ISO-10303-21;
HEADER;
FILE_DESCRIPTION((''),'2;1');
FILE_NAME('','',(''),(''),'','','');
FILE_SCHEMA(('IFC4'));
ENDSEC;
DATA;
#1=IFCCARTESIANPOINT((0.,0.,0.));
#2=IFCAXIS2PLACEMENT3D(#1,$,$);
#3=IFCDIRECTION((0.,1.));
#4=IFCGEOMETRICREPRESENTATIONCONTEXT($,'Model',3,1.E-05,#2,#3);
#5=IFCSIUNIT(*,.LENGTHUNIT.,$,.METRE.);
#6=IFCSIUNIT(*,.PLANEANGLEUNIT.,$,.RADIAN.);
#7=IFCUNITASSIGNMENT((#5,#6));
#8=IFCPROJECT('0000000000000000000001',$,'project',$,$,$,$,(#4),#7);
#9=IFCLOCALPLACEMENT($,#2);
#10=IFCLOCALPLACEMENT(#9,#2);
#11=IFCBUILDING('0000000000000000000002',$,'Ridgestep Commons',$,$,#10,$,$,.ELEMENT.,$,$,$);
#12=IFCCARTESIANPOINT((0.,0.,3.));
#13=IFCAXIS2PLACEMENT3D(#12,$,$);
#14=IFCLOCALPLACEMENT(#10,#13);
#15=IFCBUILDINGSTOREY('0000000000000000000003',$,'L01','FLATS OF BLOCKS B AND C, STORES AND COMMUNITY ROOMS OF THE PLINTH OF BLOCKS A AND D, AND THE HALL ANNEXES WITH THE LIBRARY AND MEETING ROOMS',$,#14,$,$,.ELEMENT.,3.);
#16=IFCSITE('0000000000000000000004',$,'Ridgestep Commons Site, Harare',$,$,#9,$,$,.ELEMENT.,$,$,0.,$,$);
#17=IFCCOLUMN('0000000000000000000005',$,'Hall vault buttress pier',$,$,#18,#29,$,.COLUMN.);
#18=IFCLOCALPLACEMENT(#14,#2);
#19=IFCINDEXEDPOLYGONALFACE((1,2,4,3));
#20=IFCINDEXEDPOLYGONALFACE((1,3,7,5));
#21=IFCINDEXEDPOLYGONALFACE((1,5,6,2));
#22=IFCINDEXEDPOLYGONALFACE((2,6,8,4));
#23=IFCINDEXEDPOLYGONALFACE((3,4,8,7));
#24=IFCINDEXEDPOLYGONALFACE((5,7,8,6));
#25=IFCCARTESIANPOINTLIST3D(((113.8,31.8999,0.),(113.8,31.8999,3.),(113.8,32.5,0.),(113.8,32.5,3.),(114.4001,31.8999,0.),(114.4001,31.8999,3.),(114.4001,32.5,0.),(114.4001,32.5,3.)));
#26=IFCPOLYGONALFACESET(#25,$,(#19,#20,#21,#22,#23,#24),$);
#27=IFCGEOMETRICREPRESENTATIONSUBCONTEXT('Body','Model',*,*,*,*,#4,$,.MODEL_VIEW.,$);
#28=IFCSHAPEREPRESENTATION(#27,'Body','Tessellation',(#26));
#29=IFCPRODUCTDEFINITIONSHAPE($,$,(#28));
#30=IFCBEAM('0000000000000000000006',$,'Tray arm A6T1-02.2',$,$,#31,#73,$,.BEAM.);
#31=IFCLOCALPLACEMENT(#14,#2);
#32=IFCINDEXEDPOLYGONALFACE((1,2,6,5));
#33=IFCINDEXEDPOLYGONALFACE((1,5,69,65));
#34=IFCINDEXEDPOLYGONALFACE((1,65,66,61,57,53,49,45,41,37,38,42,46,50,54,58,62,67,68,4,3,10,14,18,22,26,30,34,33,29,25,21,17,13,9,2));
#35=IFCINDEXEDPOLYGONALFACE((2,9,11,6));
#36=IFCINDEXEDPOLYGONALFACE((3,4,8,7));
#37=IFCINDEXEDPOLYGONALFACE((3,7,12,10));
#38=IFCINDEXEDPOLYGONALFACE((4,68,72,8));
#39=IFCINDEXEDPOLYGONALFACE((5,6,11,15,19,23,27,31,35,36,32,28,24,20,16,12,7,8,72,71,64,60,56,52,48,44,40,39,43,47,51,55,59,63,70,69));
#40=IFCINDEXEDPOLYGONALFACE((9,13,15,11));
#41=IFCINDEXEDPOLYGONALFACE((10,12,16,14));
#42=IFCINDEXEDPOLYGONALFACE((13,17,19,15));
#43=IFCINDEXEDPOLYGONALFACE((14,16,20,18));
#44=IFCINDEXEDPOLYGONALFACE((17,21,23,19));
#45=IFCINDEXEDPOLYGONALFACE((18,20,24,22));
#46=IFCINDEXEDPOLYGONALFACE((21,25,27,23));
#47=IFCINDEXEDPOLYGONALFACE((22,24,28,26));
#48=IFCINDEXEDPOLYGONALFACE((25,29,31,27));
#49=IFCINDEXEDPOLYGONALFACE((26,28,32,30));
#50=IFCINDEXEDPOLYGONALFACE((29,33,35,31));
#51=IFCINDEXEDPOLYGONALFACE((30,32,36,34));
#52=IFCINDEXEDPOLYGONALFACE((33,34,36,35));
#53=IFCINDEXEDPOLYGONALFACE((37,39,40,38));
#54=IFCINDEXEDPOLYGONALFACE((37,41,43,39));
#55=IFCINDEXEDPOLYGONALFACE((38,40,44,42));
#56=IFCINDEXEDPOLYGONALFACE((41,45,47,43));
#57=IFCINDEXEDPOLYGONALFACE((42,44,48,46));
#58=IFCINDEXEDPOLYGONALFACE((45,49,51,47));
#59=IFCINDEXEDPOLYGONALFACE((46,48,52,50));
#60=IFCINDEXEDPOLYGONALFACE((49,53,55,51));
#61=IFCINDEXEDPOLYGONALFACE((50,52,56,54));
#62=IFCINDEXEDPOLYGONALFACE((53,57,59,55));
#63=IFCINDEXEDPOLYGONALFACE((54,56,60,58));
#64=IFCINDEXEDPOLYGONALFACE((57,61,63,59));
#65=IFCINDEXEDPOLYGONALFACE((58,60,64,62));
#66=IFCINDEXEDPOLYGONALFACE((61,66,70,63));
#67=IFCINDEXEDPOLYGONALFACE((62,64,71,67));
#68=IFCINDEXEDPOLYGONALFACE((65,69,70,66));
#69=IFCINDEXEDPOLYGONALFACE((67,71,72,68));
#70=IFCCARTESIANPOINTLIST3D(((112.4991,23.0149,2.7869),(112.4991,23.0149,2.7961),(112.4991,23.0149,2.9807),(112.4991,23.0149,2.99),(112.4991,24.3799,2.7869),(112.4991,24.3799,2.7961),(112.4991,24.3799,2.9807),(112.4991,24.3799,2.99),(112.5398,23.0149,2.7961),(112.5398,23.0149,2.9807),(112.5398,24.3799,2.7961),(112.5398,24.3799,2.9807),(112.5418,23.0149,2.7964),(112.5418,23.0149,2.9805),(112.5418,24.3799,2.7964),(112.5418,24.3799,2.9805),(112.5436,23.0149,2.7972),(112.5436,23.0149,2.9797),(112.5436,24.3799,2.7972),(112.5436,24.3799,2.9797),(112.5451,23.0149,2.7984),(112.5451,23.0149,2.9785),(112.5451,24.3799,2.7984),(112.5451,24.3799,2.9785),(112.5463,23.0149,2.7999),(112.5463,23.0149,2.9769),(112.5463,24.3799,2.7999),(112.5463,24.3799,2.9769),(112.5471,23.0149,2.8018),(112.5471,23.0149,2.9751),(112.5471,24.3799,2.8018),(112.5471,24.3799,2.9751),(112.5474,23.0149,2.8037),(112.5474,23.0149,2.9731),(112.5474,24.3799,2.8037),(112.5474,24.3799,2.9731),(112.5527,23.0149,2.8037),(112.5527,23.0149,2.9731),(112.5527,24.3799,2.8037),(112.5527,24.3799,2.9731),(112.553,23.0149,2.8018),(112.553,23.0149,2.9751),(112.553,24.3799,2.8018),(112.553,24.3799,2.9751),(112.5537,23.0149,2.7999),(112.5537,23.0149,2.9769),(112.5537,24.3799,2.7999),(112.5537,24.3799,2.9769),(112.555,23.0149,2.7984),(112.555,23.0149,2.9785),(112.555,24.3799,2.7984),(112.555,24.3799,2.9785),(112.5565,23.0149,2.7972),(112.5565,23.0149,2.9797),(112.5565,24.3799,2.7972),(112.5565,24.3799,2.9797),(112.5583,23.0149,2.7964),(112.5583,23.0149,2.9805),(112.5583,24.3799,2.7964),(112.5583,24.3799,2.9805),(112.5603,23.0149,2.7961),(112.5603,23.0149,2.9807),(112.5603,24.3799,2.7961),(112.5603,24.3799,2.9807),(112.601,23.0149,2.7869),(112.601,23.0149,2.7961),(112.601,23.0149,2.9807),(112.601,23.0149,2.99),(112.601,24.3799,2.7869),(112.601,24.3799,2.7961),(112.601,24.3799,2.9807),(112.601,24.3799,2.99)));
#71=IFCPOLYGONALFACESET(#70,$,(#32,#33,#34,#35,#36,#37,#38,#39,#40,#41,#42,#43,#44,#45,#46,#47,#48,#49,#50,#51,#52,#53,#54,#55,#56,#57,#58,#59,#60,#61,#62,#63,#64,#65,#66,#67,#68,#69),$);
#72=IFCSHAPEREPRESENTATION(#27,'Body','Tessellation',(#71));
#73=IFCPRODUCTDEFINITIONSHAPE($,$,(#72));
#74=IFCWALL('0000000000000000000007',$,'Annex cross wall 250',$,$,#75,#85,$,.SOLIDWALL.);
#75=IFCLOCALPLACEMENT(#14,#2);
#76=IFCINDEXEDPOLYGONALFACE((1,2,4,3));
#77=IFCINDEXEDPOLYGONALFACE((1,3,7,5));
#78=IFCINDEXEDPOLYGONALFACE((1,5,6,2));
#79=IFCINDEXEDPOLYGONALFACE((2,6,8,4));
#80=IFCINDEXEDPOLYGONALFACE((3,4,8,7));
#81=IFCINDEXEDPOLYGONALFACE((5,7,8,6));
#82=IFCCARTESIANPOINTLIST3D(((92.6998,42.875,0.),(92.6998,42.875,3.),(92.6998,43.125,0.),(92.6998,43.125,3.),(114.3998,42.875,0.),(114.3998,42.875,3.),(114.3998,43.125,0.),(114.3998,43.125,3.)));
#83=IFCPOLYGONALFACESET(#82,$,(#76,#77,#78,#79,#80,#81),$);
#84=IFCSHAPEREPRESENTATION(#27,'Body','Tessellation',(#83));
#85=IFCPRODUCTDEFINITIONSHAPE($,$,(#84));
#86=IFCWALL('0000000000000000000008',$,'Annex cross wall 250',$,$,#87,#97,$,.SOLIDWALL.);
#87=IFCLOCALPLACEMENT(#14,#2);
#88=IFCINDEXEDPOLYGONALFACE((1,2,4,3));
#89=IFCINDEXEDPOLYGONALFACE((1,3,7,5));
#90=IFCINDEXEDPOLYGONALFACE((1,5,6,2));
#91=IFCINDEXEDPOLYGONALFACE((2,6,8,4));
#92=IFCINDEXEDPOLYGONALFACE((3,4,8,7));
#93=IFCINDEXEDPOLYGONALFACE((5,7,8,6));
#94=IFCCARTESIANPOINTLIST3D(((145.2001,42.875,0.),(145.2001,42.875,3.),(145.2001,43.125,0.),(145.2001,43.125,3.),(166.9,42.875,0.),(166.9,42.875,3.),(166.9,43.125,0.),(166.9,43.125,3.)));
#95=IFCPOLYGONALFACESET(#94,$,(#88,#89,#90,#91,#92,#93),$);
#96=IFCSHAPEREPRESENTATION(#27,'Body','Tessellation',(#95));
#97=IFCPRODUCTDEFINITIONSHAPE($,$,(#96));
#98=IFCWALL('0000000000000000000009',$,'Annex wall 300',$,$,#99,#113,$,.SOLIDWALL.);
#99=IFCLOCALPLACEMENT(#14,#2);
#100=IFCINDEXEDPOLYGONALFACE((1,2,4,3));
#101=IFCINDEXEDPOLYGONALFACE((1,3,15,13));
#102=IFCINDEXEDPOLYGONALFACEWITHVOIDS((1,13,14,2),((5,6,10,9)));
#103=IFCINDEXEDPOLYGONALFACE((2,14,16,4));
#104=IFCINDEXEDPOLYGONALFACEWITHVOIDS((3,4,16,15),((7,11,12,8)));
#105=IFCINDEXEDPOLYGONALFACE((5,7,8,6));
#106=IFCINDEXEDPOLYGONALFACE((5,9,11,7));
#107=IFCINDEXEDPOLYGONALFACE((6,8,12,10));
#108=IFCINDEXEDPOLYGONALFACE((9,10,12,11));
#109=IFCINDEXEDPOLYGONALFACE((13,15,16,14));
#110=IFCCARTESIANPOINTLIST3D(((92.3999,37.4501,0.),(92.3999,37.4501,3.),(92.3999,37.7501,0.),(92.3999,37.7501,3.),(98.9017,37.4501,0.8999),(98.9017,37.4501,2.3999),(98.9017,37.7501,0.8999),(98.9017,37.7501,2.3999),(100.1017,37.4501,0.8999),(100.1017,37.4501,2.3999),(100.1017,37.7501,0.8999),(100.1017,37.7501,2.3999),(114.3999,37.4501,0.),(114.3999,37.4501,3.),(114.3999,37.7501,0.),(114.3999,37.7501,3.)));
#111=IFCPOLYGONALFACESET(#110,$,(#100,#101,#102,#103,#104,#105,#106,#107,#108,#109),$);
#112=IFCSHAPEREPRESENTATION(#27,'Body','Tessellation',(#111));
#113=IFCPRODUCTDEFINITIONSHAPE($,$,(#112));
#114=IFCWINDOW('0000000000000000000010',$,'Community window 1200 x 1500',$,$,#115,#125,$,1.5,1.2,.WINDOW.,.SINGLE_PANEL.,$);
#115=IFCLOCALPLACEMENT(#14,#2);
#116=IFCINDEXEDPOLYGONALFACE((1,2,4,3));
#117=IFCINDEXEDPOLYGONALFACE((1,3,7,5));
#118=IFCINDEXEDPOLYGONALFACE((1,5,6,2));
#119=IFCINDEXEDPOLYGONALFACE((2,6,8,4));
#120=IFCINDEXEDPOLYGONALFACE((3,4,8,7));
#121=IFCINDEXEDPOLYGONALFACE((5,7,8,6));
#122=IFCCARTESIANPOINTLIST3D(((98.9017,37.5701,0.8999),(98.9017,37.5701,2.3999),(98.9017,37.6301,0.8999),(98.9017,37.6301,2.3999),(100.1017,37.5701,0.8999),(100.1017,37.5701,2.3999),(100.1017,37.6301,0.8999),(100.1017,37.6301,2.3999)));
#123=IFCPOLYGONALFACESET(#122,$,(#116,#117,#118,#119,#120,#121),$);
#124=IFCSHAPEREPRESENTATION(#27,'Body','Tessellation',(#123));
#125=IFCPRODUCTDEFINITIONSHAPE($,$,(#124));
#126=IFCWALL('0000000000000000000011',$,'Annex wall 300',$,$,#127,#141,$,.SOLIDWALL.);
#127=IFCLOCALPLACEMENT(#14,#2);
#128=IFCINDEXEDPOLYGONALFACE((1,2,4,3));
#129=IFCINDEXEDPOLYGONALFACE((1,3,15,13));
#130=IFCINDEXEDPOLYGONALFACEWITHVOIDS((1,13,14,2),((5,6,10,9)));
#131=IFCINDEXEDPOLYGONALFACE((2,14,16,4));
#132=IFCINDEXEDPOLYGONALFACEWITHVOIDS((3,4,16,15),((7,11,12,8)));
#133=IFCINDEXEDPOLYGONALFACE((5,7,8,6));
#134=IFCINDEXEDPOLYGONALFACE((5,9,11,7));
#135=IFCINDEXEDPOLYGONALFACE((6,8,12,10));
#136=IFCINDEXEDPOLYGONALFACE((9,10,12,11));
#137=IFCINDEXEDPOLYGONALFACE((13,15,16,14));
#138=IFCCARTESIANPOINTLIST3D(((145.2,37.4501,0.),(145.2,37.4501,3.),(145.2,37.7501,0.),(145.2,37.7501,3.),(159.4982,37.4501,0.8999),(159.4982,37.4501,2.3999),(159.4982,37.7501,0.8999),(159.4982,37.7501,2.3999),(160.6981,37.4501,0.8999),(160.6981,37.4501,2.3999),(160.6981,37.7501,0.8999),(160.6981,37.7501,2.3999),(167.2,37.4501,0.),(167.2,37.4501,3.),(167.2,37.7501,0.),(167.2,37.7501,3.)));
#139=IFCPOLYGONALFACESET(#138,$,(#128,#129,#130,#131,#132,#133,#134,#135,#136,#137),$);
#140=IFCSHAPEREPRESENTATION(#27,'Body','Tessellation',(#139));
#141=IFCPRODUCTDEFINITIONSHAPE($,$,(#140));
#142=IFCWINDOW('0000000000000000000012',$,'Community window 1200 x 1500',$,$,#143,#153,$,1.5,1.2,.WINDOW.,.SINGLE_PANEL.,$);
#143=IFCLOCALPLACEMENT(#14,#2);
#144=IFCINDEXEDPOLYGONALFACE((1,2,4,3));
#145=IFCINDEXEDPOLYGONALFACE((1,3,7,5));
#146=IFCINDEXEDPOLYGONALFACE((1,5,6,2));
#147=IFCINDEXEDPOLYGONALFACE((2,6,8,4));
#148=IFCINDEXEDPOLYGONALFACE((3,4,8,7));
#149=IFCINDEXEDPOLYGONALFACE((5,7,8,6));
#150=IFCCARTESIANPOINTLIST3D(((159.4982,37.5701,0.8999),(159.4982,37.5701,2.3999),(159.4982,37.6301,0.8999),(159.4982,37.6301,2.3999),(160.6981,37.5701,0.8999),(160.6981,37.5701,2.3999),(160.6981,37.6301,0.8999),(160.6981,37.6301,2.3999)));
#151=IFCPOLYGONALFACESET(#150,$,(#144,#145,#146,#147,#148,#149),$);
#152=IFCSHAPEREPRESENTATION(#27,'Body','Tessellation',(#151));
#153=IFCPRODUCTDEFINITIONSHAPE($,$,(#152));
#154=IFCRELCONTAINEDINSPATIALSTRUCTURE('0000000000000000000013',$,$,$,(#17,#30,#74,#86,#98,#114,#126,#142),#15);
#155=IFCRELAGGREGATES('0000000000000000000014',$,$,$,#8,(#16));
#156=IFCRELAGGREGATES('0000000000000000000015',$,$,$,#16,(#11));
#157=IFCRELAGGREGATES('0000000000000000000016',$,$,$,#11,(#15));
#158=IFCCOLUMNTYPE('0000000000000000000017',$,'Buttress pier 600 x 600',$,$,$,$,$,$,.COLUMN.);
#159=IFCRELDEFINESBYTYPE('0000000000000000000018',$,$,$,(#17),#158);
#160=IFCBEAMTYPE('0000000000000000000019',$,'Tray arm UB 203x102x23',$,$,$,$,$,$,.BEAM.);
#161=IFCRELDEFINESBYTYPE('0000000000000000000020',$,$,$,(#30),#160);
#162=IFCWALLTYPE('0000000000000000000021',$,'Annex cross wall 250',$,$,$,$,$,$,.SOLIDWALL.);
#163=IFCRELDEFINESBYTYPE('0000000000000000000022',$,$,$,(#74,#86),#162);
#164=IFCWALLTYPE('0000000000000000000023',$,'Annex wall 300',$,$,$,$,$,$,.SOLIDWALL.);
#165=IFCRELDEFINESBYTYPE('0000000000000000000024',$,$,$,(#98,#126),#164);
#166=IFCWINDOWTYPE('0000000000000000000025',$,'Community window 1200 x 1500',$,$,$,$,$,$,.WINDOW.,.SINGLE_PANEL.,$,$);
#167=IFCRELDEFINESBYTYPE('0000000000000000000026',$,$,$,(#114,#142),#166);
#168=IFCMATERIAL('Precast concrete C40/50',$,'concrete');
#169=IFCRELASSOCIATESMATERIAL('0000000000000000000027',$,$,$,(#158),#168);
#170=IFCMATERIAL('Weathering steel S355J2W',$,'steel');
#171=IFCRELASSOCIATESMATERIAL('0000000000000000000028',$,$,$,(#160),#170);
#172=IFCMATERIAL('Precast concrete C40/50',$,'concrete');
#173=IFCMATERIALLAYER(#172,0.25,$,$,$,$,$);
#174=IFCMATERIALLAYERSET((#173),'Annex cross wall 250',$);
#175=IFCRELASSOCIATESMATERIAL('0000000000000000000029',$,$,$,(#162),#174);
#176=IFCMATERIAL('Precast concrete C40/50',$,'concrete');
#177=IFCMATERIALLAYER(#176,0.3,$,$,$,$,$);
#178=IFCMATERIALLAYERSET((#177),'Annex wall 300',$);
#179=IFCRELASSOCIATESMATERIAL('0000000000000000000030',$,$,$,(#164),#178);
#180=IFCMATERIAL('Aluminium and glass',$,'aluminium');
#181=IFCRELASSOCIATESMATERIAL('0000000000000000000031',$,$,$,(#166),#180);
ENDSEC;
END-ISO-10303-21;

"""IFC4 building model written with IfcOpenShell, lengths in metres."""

from ifc_helpers import new_model, si_unit, direction, frame, frame_2d, origin, origin_2d, place, context, subcontext, project, spatial, rectangle, i_section, extrude, material, layer, layer_set, material_profile, profile_set, type_object, element, fill, save


model = new_model("IFC4")

# Units and contexts
model_context = context("Model", 3, precision=1e-05, world=origin(), true_north=direction((0.0, 1.0)))
body_context = subcontext(model_context, "Body", "Model", "MODEL_VIEW")
ifc_project = project(units=[si_unit("LENGTHUNIT", "METRE"), si_unit("PLANEANGLEUNIT", "RADIAN")], contexts=[model_context])

# Site, building, storey
site_placement = place(None, origin())
site = spatial("IfcSite", under=ifc_project, at=site_placement, Name="Ridgestep Commons Site, Harare", CompositionType="ELEMENT", RefElevation=0.0)
building_placement = place(site_placement, origin())
building = spatial("IfcBuilding", under=site, at=building_placement, Name="Ridgestep Commons", CompositionType="ELEMENT")
storey_placement = place(building_placement, frame((0.0, 0.0, 3.0)))
storey = spatial("IfcBuildingStorey", under=building, at=storey_placement, Name="L01", Description="FLATS OF BLOCKS B AND C, STORES AND COMMUNITY ROOMS OF THE PLINTH OF BLOCKS A AND D, AND THE HALL ANNEXES WITH THE LIBRARY AND MEETING ROOMS", CompositionType="ELEMENT", Elevation=3.0)

# Column
ifc_material_1 = material(Name="Precast concrete C40/50", Category="concrete")
ifc_material_profile_1 = material_profile(ifc_material_1, rectangle(XDim=0.6001, YDim=0.6001, at=origin_2d()), Name="Buttress pier 600 x 600")
ifc_profile_set_1 = profile_set([ifc_material_profile_1], Name="Precast concrete C40/50")
column_type = type_object("IfcColumnType", Name="Buttress pier 600 x 600", PredefinedType="COLUMN", material=ifc_profile_set_1)
column_placement = place(storey_placement, frame((114.1001, 32.2, 0.0), z_axis=(0.0, 0.0, 1.0), x_axis=(1.0, 0.0, 0.0)))
element("IfcColumn", 1, at=column_placement, inside=storey, type_object=column_type, Name="Hall vault buttress pier", PredefinedType="COLUMN", context=body_context, shape_type="SweptSolid", body=[
    extrude(rectangle(XDim=0.6001, YDim=0.6001, at=origin_2d()), origin(), (0.0, 0.0, 1.0), 3.0),
])

# Beam
ifc_material_2 = material(Name="Weathering steel S355J2W", Category="steel")
ifc_material_profile_2 = material_profile(ifc_material_2, i_section(OverallWidth=0.1018, OverallDepth=0.2031, WebThickness=0.0054, FlangeThickness=0.0093, FilletRadius=0.0076, at=origin_2d()), Name="UB 203x102x23")
ifc_profile_set_2 = profile_set([ifc_material_profile_2], Name="Weathering steel S355J2W")
beam_type = type_object("IfcBeamType", Name="Tray arm UB 203x102x23", PredefinedType="BEAM", material=ifc_profile_set_2)
beam_placement = place(storey_placement, frame((112.55, 23.0149, 2.8884), z_axis=(0.0, 1.0, 0.0), x_axis=(-1.0, 0.0, 0.0)))
element("IfcBeam", 2, at=beam_placement, inside=storey, type_object=beam_type, Name="Tray arm A6T1-02.2", PredefinedType="BEAM", context=body_context, shape_type="SweptSolid", body=[
    extrude(i_section(OverallWidth=0.1018, OverallDepth=0.2031, WebThickness=0.0054, FlangeThickness=0.0093, FilletRadius=0.0076, at=origin_2d()), origin(), (0.0, 0.0, 1.0), 1.365),
])

# Walls
ifc_material_3 = material(Name="Precast concrete C40/50", Category="concrete")
ifc_layer_1 = layer(ifc_material_3, 0.25)
ifc_layer_set_1 = layer_set([ifc_layer_1], Name="Annex cross wall 250")
wall_type_1 = type_object("IfcWallType", Name="Annex cross wall 250", PredefinedType="SOLIDWALL", material=ifc_layer_set_1)
for number, where, z_axis, x_axis, name in (
    (3, (114.3999, 43.0, 0.0), (0.0, 0.0, 1.0), (-1.0, 0.0, 0.0), "Annex cross wall 250"),
    (4, (145.2, 43.0, 0.0), (0.0, 0.0, 1.0), (1.0, 0.0, 0.0), "Annex cross wall 250"),
):
    element("IfcWall", number, at=place(storey_placement, frame(where, z_axis=z_axis, x_axis=x_axis)), inside=storey, type_object=wall_type_1, Name=name, PredefinedType="SOLIDWALL", context=body_context, shape_type="SweptSolid", body=[
        extrude(rectangle(XDim=21.7, YDim=0.25, at=frame_2d((10.8501, 0.0))), origin(), (0.0, 0.0, 1.0), 3.0),
    ])

# Walls, openings, windows
ifc_material_4 = material(Name="Precast concrete C40/50", Category="concrete")
ifc_layer_2 = layer(ifc_material_4, 0.3)
ifc_layer_set_2 = layer_set([ifc_layer_2], Name="Annex wall 300")
wall_type_2 = type_object("IfcWallType", Name="Annex wall 300", PredefinedType="SOLIDWALL", material=ifc_layer_set_2)
wall_1_placement = place(storey_placement, frame((114.3999, 37.6001, 0.0), z_axis=(0.0, 0.0, 1.0), x_axis=(-1.0, 0.0, 0.0)))
wall_1 = element("IfcWall", 5, at=wall_1_placement, inside=storey, type_object=wall_type_2, Name="Annex wall 300", PredefinedType="SOLIDWALL", context=body_context, shape_type="SweptSolid", body=[
    extrude(rectangle(XDim=22.0, YDim=0.3, at=frame_2d((11.0, 0.0))), origin(), (0.0, 0.0, 1.0), 3.0),
])
opening_1_placement = place(wall_1_placement, frame((14.2981, 0.0, 0.8999)))
opening_1 = element("IfcOpeningElement", 6, at=opening_1_placement, cuts=wall_1, PredefinedType="OPENING", context=body_context, shape_type="SweptSolid", body=[
    extrude(rectangle(XDim=1.2, YDim=1.5, at=frame_2d((0.6001, 0.75))), frame((0.0, 0.1599, 0.0), z_axis=(0.0, -1.0, 0.0), x_axis=(1.0, 0.0, 0.0)), (0.0, 0.0, 1.0), 0.3201),
])
ifc_material_5 = material(Name="Aluminium and glass", Category="aluminium")
window_type_1 = type_object("IfcWindowType", Name="Community window 1200 x 1500", PartitioningType="SINGLE_PANEL", PredefinedType="WINDOW", material=ifc_material_5)
window_1_placement = place(opening_1_placement, origin())
window_1 = element("IfcWindow", 7, at=window_1_placement, inside=storey, type_object=window_type_1, Name="Community window 1200 x 1500", OverallHeight=1.5, OverallWidth=1.2, PartitioningType="SINGLE_PANEL", PredefinedType="WINDOW", context=body_context, shape_type="SweptSolid", body=[
    extrude(rectangle(XDim=1.2, YDim=1.5, at=frame_2d((0.6001, 0.75))), frame((0.0, 0.03, 0.0), z_axis=(0.0, -1.0, 0.0), x_axis=(1.0, 0.0, 0.0)), (0.0, 0.0, 1.0), 0.0601),
])
fill(opening_1, window_1)
wall_2_placement = place(storey_placement, frame((145.2, 37.6001, 0.0), z_axis=(0.0, 0.0, 1.0), x_axis=(1.0, 0.0, 0.0)))
wall_2 = element("IfcWall", 8, at=wall_2_placement, inside=storey, type_object=wall_type_2, Name="Annex wall 300", PredefinedType="SOLIDWALL", context=body_context, shape_type="SweptSolid", body=[
    extrude(rectangle(XDim=22.0, YDim=0.3, at=frame_2d((11.0, 0.0))), origin(), (0.0, 0.0, 1.0), 3.0),
])
opening_2_placement = place(wall_2_placement, frame((14.2981, 0.0, 0.8999)))
opening_2 = element("IfcOpeningElement", 9, at=opening_2_placement, cuts=wall_2, PredefinedType="OPENING", context=body_context, shape_type="SweptSolid", body=[
    extrude(rectangle(XDim=1.2, YDim=1.5, at=frame_2d((0.6001, 0.75))), frame((0.0, 0.1599, 0.0), z_axis=(0.0, -1.0, 0.0), x_axis=(1.0, 0.0, 0.0)), (0.0, 0.0, 1.0), 0.3201),
])
window_2_placement = place(opening_2_placement, origin())
window_2 = element("IfcWindow", 10, at=window_2_placement, inside=storey, type_object=window_type_1, Name="Community window 1200 x 1500", OverallHeight=1.5, OverallWidth=1.2, PartitioningType="SINGLE_PANEL", PredefinedType="WINDOW", context=body_context, shape_type="SweptSolid", body=[
    extrude(rectangle(XDim=1.2, YDim=1.5, at=frame_2d((0.6001, 0.75))), frame((0.0, 0.03, 0.0), z_axis=(0.0, -1.0, 0.0), x_axis=(1.0, 0.0, 0.0)), (0.0, 0.0, 1.0), 0.0601),
])
fill(opening_2, window_2)

save(model, "model.ifc")
